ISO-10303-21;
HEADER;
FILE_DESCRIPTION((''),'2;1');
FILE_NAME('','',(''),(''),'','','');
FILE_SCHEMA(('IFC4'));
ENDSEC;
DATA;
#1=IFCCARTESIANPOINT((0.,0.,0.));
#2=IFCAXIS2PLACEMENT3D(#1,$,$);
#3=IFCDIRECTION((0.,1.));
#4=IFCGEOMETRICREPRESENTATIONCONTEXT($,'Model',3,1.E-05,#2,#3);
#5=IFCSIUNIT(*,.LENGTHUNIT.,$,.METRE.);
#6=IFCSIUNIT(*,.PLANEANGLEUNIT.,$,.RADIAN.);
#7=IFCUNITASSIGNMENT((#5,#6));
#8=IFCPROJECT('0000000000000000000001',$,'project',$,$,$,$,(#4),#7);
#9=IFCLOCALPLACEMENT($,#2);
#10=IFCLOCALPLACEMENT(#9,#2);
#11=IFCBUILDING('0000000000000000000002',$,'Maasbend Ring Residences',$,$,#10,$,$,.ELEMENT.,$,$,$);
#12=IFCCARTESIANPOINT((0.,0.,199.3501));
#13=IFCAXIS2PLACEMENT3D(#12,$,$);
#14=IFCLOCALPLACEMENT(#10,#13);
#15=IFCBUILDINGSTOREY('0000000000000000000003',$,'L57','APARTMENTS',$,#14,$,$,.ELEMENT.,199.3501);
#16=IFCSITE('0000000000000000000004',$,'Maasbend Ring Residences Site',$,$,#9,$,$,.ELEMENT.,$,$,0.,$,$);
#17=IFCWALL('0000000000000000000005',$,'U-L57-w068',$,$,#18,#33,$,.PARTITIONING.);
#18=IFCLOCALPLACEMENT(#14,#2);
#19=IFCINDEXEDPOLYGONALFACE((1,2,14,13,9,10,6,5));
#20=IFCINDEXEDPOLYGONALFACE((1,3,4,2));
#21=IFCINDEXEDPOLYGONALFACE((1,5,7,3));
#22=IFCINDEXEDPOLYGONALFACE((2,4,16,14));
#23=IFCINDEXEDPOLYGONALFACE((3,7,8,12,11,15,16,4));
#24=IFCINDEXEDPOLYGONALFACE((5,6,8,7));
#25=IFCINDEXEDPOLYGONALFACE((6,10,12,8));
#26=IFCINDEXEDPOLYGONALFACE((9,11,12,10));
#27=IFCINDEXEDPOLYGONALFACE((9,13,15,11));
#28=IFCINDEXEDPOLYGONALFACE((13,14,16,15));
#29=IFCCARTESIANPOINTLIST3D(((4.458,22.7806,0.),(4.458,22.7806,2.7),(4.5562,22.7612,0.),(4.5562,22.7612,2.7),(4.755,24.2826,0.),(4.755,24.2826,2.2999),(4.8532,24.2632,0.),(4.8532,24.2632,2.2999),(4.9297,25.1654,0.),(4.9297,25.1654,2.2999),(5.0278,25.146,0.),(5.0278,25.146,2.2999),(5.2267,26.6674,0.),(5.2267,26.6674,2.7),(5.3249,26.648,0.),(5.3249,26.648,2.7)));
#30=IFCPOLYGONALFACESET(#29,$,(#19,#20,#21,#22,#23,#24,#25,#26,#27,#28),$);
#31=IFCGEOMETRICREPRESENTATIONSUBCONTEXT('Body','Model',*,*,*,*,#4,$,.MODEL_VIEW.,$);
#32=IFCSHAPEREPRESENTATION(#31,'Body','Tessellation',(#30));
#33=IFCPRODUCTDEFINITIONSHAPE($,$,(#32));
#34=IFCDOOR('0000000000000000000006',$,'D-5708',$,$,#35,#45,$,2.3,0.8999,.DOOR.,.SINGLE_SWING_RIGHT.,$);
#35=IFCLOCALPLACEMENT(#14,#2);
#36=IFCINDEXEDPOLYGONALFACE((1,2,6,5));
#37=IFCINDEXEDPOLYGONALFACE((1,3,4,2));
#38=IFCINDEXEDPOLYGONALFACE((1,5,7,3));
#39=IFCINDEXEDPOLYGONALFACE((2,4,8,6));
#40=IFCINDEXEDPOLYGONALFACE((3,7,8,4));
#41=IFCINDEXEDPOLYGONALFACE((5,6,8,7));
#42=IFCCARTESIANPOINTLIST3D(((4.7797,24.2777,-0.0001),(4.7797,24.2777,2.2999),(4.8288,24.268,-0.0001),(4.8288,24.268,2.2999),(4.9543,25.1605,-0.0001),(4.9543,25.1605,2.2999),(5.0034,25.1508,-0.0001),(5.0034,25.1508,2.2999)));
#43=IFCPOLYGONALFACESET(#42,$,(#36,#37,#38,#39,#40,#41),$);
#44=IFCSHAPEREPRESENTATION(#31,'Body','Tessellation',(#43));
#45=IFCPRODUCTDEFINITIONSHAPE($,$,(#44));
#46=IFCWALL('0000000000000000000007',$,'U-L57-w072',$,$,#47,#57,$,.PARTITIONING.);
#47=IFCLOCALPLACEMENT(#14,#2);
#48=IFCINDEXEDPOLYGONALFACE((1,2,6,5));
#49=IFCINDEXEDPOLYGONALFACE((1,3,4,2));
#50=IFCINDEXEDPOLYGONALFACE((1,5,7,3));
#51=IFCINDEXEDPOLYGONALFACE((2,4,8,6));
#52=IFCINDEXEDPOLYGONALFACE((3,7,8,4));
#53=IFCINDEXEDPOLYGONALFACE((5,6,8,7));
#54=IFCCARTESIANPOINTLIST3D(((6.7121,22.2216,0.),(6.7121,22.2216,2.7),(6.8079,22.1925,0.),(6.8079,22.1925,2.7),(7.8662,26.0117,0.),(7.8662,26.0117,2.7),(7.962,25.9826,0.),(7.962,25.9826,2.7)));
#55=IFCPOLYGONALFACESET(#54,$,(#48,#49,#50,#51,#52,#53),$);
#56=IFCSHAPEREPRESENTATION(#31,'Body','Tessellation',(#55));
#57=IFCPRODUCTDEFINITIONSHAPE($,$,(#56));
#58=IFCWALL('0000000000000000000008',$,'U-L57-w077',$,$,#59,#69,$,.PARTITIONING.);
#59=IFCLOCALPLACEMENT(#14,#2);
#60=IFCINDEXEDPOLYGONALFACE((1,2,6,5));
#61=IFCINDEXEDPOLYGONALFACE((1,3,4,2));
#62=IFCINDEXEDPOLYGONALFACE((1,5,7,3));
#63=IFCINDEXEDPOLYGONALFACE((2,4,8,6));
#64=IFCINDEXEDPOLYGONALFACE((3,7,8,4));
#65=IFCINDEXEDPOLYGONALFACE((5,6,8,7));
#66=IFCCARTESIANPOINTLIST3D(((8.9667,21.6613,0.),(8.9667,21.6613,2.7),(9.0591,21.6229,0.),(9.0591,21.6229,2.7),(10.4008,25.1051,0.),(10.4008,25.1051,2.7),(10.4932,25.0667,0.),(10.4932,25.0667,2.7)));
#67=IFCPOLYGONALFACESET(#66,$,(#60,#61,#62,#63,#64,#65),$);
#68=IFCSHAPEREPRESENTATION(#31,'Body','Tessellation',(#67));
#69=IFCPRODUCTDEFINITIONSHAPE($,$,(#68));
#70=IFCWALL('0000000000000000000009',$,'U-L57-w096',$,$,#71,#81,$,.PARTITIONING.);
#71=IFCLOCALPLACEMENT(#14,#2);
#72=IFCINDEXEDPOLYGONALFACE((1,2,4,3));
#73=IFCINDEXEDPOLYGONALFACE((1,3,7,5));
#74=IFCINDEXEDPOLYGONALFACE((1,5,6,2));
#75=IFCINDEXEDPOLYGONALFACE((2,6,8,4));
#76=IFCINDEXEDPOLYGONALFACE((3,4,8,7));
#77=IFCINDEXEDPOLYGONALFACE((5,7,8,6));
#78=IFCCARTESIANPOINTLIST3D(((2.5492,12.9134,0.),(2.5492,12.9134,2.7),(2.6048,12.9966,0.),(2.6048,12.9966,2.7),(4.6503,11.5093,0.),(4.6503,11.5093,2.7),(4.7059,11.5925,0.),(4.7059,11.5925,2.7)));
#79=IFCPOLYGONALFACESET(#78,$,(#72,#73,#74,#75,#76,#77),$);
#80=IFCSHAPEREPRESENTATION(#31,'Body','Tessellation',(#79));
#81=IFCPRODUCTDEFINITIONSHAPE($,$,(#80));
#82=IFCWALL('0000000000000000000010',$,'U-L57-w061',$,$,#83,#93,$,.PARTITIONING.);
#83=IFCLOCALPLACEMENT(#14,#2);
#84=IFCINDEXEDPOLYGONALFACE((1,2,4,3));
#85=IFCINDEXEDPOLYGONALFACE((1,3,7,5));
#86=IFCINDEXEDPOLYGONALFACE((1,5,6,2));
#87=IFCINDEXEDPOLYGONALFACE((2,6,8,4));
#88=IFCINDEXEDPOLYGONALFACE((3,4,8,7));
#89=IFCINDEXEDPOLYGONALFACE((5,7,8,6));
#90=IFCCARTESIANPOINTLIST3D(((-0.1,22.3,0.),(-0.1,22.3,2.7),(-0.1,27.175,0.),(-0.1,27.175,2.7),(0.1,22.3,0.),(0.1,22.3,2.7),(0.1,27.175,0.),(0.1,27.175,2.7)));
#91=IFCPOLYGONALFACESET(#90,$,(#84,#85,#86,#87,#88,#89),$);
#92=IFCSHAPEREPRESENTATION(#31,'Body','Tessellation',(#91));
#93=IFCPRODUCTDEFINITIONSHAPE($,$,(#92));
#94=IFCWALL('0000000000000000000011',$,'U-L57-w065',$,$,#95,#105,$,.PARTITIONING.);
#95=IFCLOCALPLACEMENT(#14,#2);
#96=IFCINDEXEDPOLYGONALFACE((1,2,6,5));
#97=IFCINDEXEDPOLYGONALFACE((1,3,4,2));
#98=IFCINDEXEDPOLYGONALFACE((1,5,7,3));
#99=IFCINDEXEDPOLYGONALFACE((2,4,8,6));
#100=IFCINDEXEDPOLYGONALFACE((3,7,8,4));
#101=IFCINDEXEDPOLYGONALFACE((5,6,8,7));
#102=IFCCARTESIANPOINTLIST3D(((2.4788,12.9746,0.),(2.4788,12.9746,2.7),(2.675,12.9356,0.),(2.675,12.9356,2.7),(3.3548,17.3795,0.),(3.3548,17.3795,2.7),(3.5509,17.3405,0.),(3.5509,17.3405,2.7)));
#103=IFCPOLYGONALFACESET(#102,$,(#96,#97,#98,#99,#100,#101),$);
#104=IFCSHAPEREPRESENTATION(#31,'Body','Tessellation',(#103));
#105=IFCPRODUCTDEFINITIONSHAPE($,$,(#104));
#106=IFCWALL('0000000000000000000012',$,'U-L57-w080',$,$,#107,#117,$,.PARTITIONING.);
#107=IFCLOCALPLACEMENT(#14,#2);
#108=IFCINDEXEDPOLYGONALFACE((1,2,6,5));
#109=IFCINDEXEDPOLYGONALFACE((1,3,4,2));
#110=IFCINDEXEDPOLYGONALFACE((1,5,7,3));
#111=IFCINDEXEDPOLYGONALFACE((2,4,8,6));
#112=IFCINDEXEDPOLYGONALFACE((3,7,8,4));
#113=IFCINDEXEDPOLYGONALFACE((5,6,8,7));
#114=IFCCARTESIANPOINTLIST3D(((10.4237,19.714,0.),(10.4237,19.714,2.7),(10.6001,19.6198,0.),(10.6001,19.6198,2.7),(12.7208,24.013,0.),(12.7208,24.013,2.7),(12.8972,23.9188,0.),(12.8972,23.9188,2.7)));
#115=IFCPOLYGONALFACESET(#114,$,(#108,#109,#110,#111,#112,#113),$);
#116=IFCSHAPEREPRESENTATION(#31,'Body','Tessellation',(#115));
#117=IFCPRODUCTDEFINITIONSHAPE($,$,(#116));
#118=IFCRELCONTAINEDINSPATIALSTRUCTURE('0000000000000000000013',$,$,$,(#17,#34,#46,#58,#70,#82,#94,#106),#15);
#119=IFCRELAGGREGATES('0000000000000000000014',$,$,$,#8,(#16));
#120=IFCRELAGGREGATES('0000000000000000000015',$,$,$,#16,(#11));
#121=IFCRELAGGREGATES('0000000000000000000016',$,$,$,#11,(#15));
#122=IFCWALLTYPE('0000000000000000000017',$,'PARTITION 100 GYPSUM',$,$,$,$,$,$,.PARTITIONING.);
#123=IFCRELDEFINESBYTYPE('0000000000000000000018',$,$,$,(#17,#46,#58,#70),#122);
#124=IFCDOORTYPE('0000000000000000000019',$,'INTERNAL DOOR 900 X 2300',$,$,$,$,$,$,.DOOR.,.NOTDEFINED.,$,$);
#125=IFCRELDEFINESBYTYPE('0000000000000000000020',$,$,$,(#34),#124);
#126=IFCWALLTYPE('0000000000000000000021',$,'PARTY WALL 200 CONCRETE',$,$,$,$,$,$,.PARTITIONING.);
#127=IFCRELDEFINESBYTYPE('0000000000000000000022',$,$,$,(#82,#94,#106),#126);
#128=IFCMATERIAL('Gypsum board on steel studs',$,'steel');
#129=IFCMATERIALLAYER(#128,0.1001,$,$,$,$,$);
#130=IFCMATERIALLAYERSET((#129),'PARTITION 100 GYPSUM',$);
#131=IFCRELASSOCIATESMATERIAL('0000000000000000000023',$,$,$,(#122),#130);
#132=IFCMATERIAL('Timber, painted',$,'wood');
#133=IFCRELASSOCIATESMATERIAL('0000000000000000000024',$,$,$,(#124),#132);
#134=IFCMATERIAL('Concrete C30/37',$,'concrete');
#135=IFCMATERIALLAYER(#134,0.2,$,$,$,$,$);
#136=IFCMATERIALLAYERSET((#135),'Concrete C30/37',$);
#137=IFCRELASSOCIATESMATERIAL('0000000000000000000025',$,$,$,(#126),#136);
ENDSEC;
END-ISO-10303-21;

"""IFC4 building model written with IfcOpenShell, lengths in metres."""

from ifc_helpers import new_model, si_unit, direction, frame, frame_2d, origin, place, context, subcontext, project, spatial, rectangle, extrude, material, layer, layer_set, type_object, element, fill, save


model = new_model("IFC4")

# Units and contexts
model_context = context("Model", 3, precision=1e-05, world=origin(), true_north=direction((0.0, 1.0)))
body_context = subcontext(model_context, "Body", "Model", "MODEL_VIEW")
ifc_project = project(units=[si_unit("LENGTHUNIT", "METRE"), si_unit("PLANEANGLEUNIT", "RADIAN")], contexts=[model_context])

# Site, building, storey
site_placement = place(None, origin())
site = spatial("IfcSite", under=ifc_project, at=site_placement, Name="Maasbend Ring Residences Site", CompositionType="ELEMENT", RefElevation=0.0)
building_placement = place(site_placement, origin())
building = spatial("IfcBuilding", under=site, at=building_placement, Name="Maasbend Ring Residences", CompositionType="ELEMENT")
storey_placement = place(building_placement, frame((0.0, 0.0, 199.3501)))
storey = spatial("IfcBuildingStorey", under=building, at=storey_placement, Name="L57", Description="APARTMENTS", CompositionType="ELEMENT", Elevation=199.3501)

# Shared definitions
ifc_material_1 = material(Name="Gypsum board on steel studs", Category="steel")
ifc_layer_1 = layer(ifc_material_1, 0.1001)
ifc_layer_set_1 = layer_set([ifc_layer_1], Name="PARTITION 100 GYPSUM")
wall_type_1 = type_object("IfcWallType", Name="PARTITION 100 GYPSUM", PredefinedType="PARTITIONING", material=ifc_layer_set_1)

# Wall, opening, door
wall_1_placement = place(storey_placement, frame((4.5071, 22.771, 0.0), z_axis=(0.0, 0.0, 1.0), x_axis=(0.19403, 0.980996, 0.0)))
wall_1 = element("IfcWall", 1, at=wall_1_placement, inside=storey, type_object=wall_type_1, Name="U-L57-w068", PredefinedType="PARTITIONING", context=body_context, shape_type="SweptSolid", body=[
    extrude(rectangle(XDim=3.9622, YDim=0.1001, at=frame_2d((1.981, 0.0))), origin(), (0.0, 0.0, 1.0), 2.7),
])
opening_1_placement = place(wall_1_placement, frame((1.531, 0.0, 0.0)))
opening_1 = element("IfcOpeningElement", 2, at=opening_1_placement, cuts=wall_1, PredefinedType="OPENING", context=body_context, shape_type="SweptSolid", body=[
    extrude(rectangle(XDim=0.8999, YDim=2.3, at=frame_2d((0.45, 1.1499))), frame((0.0, 0.0601, 0.0), z_axis=(0.0, -1.0, 0.0), x_axis=(1.0, 0.0, 0.0)), (0.0, 0.0, 1.0), 0.1201),
])
ifc_material_2 = material(Name="Timber, painted", Category="wood")
door_type_1 = type_object("IfcDoorType", Name="INTERNAL DOOR 900 X 2300", OperationType="NOTDEFINED", PredefinedType="DOOR", material=ifc_material_2)
door_1_placement = place(opening_1_placement, origin())
door_1 = element("IfcDoor", 3, at=door_1_placement, inside=storey, type_object=door_type_1, Name="D-5708", OperationType="SINGLE_SWING_RIGHT", OverallHeight=2.3, OverallWidth=0.8999, PredefinedType="DOOR", context=body_context, shape_type="SweptSolid", body=[
    extrude(rectangle(XDim=0.8999, YDim=2.3, at=frame_2d((0.45, 1.1499))), frame((0.0, 0.0249, 0.0), z_axis=(0.0, -1.0, 0.0), x_axis=(1.0, 0.0, 0.0)), (0.0, 0.0, 1.0), 0.05),
])
fill(opening_1, door_1)

# Walls
wall_2_placement = place(storey_placement, frame((6.76, 22.207, 0.0), z_axis=(0.0, 0.0, 1.0), x_axis=(0.291292, 0.956634, 0.0)))
element("IfcWall", 4, at=wall_2_placement, inside=storey, type_object=wall_type_1, Name="U-L57-w072", PredefinedType="PARTITIONING", context=body_context, shape_type="SweptSolid", body=[
    extrude(rectangle(XDim=3.9619, YDim=0.1001, at=frame_2d((1.981, 0.0))), origin(), (0.0, 0.0, 1.0), 2.7),
])
wall_3_placement = place(storey_placement, frame((9.0129, 21.6421, 0.0), z_axis=(0.0, 0.0, 1.0), x_axis=(0.38442, 0.923158, 0.0)))
element("IfcWall", 5, at=wall_3_placement, inside=storey, type_object=wall_type_1, Name="U-L57-w077", PredefinedType="PARTITIONING", context=body_context, shape_type="SweptSolid", body=[
    extrude(rectangle(XDim=3.7305, YDim=0.1001, at=frame_2d((1.8652, 0.0))), origin(), (0.0, 0.0, 1.0), 2.7),
])
wall_4_placement = place(storey_placement, frame((2.5769, 12.9551, 0.0), z_axis=(0.0, 0.0, 1.0), x_axis=(0.83144, -0.555614, 0.0)))
element("IfcWall", 6, at=wall_4_placement, inside=storey, type_object=wall_type_1, Name="U-L57-w096", PredefinedType="PARTITIONING", context=body_context, shape_type="SweptSolid", body=[
    extrude(rectangle(XDim=2.5271, YDim=0.1001, at=frame_2d((1.2637, 0.0))), origin(), (0.0, 0.0, 1.0), 2.7),
])
ifc_material_3 = material(Name="Concrete C30/37", Category="concrete")
ifc_layer_2 = layer(ifc_material_3, 0.2)
ifc_layer_set_2 = layer_set([ifc_layer_2], Name="Concrete C30/37")
wall_type_2 = type_object("IfcWallType", Name="PARTY WALL 200 CONCRETE", PredefinedType="PARTITIONING", material=ifc_layer_set_2)
wall_5_placement = place(storey_placement, frame((0.0, 22.3, 0.0), z_axis=(0.0, 0.0, 1.0), x_axis=(0.0, 1.0, 0.0)))
element("IfcWall", 7, at=wall_5_placement, inside=storey, type_object=wall_type_2, Name="U-L57-w061", PredefinedType="PARTITIONING", context=body_context, shape_type="SweptSolid", body=[
    extrude(rectangle(XDim=4.875, YDim=0.2, at=frame_2d((2.4375, 0.0))), origin(), (0.0, 0.0, 1.0), 2.7),
])
wall_6_placement = place(storey_placement, frame((2.5769, 12.9551, 0.0), z_axis=(0.0, 0.0, 1.0), x_axis=(0.195039, 0.980795, 0.0)))
element("IfcWall", 8, at=wall_6_placement, inside=storey, type_object=wall_type_2, Name="U-L57-w065", PredefinedType="PARTITIONING", context=body_context, shape_type="SweptSolid", body=[
    extrude(rectangle(XDim=4.4912, YDim=0.2, at=frame_2d((2.2456, 0.0))), origin(), (0.0, 0.0, 1.0), 2.7),
])
wall_7_placement = place(storey_placement, frame((10.512, 19.667, 0.0), z_axis=(0.0, 0.0, 1.0), x_axis=(0.471272, 0.881988, 0.0)))
element("IfcWall", 9, at=wall_7_placement, inside=storey, type_object=wall_type_2, Name="U-L57-w080", PredefinedType="PARTITIONING", context=body_context, shape_type="SweptSolid", body=[
    extrude(rectangle(XDim=4.8743, YDim=0.2, at=frame_2d((2.437, 0.0))), origin(), (0.0, 0.0, 1.0), 2.7),
])

save(model, "model.ifc")
